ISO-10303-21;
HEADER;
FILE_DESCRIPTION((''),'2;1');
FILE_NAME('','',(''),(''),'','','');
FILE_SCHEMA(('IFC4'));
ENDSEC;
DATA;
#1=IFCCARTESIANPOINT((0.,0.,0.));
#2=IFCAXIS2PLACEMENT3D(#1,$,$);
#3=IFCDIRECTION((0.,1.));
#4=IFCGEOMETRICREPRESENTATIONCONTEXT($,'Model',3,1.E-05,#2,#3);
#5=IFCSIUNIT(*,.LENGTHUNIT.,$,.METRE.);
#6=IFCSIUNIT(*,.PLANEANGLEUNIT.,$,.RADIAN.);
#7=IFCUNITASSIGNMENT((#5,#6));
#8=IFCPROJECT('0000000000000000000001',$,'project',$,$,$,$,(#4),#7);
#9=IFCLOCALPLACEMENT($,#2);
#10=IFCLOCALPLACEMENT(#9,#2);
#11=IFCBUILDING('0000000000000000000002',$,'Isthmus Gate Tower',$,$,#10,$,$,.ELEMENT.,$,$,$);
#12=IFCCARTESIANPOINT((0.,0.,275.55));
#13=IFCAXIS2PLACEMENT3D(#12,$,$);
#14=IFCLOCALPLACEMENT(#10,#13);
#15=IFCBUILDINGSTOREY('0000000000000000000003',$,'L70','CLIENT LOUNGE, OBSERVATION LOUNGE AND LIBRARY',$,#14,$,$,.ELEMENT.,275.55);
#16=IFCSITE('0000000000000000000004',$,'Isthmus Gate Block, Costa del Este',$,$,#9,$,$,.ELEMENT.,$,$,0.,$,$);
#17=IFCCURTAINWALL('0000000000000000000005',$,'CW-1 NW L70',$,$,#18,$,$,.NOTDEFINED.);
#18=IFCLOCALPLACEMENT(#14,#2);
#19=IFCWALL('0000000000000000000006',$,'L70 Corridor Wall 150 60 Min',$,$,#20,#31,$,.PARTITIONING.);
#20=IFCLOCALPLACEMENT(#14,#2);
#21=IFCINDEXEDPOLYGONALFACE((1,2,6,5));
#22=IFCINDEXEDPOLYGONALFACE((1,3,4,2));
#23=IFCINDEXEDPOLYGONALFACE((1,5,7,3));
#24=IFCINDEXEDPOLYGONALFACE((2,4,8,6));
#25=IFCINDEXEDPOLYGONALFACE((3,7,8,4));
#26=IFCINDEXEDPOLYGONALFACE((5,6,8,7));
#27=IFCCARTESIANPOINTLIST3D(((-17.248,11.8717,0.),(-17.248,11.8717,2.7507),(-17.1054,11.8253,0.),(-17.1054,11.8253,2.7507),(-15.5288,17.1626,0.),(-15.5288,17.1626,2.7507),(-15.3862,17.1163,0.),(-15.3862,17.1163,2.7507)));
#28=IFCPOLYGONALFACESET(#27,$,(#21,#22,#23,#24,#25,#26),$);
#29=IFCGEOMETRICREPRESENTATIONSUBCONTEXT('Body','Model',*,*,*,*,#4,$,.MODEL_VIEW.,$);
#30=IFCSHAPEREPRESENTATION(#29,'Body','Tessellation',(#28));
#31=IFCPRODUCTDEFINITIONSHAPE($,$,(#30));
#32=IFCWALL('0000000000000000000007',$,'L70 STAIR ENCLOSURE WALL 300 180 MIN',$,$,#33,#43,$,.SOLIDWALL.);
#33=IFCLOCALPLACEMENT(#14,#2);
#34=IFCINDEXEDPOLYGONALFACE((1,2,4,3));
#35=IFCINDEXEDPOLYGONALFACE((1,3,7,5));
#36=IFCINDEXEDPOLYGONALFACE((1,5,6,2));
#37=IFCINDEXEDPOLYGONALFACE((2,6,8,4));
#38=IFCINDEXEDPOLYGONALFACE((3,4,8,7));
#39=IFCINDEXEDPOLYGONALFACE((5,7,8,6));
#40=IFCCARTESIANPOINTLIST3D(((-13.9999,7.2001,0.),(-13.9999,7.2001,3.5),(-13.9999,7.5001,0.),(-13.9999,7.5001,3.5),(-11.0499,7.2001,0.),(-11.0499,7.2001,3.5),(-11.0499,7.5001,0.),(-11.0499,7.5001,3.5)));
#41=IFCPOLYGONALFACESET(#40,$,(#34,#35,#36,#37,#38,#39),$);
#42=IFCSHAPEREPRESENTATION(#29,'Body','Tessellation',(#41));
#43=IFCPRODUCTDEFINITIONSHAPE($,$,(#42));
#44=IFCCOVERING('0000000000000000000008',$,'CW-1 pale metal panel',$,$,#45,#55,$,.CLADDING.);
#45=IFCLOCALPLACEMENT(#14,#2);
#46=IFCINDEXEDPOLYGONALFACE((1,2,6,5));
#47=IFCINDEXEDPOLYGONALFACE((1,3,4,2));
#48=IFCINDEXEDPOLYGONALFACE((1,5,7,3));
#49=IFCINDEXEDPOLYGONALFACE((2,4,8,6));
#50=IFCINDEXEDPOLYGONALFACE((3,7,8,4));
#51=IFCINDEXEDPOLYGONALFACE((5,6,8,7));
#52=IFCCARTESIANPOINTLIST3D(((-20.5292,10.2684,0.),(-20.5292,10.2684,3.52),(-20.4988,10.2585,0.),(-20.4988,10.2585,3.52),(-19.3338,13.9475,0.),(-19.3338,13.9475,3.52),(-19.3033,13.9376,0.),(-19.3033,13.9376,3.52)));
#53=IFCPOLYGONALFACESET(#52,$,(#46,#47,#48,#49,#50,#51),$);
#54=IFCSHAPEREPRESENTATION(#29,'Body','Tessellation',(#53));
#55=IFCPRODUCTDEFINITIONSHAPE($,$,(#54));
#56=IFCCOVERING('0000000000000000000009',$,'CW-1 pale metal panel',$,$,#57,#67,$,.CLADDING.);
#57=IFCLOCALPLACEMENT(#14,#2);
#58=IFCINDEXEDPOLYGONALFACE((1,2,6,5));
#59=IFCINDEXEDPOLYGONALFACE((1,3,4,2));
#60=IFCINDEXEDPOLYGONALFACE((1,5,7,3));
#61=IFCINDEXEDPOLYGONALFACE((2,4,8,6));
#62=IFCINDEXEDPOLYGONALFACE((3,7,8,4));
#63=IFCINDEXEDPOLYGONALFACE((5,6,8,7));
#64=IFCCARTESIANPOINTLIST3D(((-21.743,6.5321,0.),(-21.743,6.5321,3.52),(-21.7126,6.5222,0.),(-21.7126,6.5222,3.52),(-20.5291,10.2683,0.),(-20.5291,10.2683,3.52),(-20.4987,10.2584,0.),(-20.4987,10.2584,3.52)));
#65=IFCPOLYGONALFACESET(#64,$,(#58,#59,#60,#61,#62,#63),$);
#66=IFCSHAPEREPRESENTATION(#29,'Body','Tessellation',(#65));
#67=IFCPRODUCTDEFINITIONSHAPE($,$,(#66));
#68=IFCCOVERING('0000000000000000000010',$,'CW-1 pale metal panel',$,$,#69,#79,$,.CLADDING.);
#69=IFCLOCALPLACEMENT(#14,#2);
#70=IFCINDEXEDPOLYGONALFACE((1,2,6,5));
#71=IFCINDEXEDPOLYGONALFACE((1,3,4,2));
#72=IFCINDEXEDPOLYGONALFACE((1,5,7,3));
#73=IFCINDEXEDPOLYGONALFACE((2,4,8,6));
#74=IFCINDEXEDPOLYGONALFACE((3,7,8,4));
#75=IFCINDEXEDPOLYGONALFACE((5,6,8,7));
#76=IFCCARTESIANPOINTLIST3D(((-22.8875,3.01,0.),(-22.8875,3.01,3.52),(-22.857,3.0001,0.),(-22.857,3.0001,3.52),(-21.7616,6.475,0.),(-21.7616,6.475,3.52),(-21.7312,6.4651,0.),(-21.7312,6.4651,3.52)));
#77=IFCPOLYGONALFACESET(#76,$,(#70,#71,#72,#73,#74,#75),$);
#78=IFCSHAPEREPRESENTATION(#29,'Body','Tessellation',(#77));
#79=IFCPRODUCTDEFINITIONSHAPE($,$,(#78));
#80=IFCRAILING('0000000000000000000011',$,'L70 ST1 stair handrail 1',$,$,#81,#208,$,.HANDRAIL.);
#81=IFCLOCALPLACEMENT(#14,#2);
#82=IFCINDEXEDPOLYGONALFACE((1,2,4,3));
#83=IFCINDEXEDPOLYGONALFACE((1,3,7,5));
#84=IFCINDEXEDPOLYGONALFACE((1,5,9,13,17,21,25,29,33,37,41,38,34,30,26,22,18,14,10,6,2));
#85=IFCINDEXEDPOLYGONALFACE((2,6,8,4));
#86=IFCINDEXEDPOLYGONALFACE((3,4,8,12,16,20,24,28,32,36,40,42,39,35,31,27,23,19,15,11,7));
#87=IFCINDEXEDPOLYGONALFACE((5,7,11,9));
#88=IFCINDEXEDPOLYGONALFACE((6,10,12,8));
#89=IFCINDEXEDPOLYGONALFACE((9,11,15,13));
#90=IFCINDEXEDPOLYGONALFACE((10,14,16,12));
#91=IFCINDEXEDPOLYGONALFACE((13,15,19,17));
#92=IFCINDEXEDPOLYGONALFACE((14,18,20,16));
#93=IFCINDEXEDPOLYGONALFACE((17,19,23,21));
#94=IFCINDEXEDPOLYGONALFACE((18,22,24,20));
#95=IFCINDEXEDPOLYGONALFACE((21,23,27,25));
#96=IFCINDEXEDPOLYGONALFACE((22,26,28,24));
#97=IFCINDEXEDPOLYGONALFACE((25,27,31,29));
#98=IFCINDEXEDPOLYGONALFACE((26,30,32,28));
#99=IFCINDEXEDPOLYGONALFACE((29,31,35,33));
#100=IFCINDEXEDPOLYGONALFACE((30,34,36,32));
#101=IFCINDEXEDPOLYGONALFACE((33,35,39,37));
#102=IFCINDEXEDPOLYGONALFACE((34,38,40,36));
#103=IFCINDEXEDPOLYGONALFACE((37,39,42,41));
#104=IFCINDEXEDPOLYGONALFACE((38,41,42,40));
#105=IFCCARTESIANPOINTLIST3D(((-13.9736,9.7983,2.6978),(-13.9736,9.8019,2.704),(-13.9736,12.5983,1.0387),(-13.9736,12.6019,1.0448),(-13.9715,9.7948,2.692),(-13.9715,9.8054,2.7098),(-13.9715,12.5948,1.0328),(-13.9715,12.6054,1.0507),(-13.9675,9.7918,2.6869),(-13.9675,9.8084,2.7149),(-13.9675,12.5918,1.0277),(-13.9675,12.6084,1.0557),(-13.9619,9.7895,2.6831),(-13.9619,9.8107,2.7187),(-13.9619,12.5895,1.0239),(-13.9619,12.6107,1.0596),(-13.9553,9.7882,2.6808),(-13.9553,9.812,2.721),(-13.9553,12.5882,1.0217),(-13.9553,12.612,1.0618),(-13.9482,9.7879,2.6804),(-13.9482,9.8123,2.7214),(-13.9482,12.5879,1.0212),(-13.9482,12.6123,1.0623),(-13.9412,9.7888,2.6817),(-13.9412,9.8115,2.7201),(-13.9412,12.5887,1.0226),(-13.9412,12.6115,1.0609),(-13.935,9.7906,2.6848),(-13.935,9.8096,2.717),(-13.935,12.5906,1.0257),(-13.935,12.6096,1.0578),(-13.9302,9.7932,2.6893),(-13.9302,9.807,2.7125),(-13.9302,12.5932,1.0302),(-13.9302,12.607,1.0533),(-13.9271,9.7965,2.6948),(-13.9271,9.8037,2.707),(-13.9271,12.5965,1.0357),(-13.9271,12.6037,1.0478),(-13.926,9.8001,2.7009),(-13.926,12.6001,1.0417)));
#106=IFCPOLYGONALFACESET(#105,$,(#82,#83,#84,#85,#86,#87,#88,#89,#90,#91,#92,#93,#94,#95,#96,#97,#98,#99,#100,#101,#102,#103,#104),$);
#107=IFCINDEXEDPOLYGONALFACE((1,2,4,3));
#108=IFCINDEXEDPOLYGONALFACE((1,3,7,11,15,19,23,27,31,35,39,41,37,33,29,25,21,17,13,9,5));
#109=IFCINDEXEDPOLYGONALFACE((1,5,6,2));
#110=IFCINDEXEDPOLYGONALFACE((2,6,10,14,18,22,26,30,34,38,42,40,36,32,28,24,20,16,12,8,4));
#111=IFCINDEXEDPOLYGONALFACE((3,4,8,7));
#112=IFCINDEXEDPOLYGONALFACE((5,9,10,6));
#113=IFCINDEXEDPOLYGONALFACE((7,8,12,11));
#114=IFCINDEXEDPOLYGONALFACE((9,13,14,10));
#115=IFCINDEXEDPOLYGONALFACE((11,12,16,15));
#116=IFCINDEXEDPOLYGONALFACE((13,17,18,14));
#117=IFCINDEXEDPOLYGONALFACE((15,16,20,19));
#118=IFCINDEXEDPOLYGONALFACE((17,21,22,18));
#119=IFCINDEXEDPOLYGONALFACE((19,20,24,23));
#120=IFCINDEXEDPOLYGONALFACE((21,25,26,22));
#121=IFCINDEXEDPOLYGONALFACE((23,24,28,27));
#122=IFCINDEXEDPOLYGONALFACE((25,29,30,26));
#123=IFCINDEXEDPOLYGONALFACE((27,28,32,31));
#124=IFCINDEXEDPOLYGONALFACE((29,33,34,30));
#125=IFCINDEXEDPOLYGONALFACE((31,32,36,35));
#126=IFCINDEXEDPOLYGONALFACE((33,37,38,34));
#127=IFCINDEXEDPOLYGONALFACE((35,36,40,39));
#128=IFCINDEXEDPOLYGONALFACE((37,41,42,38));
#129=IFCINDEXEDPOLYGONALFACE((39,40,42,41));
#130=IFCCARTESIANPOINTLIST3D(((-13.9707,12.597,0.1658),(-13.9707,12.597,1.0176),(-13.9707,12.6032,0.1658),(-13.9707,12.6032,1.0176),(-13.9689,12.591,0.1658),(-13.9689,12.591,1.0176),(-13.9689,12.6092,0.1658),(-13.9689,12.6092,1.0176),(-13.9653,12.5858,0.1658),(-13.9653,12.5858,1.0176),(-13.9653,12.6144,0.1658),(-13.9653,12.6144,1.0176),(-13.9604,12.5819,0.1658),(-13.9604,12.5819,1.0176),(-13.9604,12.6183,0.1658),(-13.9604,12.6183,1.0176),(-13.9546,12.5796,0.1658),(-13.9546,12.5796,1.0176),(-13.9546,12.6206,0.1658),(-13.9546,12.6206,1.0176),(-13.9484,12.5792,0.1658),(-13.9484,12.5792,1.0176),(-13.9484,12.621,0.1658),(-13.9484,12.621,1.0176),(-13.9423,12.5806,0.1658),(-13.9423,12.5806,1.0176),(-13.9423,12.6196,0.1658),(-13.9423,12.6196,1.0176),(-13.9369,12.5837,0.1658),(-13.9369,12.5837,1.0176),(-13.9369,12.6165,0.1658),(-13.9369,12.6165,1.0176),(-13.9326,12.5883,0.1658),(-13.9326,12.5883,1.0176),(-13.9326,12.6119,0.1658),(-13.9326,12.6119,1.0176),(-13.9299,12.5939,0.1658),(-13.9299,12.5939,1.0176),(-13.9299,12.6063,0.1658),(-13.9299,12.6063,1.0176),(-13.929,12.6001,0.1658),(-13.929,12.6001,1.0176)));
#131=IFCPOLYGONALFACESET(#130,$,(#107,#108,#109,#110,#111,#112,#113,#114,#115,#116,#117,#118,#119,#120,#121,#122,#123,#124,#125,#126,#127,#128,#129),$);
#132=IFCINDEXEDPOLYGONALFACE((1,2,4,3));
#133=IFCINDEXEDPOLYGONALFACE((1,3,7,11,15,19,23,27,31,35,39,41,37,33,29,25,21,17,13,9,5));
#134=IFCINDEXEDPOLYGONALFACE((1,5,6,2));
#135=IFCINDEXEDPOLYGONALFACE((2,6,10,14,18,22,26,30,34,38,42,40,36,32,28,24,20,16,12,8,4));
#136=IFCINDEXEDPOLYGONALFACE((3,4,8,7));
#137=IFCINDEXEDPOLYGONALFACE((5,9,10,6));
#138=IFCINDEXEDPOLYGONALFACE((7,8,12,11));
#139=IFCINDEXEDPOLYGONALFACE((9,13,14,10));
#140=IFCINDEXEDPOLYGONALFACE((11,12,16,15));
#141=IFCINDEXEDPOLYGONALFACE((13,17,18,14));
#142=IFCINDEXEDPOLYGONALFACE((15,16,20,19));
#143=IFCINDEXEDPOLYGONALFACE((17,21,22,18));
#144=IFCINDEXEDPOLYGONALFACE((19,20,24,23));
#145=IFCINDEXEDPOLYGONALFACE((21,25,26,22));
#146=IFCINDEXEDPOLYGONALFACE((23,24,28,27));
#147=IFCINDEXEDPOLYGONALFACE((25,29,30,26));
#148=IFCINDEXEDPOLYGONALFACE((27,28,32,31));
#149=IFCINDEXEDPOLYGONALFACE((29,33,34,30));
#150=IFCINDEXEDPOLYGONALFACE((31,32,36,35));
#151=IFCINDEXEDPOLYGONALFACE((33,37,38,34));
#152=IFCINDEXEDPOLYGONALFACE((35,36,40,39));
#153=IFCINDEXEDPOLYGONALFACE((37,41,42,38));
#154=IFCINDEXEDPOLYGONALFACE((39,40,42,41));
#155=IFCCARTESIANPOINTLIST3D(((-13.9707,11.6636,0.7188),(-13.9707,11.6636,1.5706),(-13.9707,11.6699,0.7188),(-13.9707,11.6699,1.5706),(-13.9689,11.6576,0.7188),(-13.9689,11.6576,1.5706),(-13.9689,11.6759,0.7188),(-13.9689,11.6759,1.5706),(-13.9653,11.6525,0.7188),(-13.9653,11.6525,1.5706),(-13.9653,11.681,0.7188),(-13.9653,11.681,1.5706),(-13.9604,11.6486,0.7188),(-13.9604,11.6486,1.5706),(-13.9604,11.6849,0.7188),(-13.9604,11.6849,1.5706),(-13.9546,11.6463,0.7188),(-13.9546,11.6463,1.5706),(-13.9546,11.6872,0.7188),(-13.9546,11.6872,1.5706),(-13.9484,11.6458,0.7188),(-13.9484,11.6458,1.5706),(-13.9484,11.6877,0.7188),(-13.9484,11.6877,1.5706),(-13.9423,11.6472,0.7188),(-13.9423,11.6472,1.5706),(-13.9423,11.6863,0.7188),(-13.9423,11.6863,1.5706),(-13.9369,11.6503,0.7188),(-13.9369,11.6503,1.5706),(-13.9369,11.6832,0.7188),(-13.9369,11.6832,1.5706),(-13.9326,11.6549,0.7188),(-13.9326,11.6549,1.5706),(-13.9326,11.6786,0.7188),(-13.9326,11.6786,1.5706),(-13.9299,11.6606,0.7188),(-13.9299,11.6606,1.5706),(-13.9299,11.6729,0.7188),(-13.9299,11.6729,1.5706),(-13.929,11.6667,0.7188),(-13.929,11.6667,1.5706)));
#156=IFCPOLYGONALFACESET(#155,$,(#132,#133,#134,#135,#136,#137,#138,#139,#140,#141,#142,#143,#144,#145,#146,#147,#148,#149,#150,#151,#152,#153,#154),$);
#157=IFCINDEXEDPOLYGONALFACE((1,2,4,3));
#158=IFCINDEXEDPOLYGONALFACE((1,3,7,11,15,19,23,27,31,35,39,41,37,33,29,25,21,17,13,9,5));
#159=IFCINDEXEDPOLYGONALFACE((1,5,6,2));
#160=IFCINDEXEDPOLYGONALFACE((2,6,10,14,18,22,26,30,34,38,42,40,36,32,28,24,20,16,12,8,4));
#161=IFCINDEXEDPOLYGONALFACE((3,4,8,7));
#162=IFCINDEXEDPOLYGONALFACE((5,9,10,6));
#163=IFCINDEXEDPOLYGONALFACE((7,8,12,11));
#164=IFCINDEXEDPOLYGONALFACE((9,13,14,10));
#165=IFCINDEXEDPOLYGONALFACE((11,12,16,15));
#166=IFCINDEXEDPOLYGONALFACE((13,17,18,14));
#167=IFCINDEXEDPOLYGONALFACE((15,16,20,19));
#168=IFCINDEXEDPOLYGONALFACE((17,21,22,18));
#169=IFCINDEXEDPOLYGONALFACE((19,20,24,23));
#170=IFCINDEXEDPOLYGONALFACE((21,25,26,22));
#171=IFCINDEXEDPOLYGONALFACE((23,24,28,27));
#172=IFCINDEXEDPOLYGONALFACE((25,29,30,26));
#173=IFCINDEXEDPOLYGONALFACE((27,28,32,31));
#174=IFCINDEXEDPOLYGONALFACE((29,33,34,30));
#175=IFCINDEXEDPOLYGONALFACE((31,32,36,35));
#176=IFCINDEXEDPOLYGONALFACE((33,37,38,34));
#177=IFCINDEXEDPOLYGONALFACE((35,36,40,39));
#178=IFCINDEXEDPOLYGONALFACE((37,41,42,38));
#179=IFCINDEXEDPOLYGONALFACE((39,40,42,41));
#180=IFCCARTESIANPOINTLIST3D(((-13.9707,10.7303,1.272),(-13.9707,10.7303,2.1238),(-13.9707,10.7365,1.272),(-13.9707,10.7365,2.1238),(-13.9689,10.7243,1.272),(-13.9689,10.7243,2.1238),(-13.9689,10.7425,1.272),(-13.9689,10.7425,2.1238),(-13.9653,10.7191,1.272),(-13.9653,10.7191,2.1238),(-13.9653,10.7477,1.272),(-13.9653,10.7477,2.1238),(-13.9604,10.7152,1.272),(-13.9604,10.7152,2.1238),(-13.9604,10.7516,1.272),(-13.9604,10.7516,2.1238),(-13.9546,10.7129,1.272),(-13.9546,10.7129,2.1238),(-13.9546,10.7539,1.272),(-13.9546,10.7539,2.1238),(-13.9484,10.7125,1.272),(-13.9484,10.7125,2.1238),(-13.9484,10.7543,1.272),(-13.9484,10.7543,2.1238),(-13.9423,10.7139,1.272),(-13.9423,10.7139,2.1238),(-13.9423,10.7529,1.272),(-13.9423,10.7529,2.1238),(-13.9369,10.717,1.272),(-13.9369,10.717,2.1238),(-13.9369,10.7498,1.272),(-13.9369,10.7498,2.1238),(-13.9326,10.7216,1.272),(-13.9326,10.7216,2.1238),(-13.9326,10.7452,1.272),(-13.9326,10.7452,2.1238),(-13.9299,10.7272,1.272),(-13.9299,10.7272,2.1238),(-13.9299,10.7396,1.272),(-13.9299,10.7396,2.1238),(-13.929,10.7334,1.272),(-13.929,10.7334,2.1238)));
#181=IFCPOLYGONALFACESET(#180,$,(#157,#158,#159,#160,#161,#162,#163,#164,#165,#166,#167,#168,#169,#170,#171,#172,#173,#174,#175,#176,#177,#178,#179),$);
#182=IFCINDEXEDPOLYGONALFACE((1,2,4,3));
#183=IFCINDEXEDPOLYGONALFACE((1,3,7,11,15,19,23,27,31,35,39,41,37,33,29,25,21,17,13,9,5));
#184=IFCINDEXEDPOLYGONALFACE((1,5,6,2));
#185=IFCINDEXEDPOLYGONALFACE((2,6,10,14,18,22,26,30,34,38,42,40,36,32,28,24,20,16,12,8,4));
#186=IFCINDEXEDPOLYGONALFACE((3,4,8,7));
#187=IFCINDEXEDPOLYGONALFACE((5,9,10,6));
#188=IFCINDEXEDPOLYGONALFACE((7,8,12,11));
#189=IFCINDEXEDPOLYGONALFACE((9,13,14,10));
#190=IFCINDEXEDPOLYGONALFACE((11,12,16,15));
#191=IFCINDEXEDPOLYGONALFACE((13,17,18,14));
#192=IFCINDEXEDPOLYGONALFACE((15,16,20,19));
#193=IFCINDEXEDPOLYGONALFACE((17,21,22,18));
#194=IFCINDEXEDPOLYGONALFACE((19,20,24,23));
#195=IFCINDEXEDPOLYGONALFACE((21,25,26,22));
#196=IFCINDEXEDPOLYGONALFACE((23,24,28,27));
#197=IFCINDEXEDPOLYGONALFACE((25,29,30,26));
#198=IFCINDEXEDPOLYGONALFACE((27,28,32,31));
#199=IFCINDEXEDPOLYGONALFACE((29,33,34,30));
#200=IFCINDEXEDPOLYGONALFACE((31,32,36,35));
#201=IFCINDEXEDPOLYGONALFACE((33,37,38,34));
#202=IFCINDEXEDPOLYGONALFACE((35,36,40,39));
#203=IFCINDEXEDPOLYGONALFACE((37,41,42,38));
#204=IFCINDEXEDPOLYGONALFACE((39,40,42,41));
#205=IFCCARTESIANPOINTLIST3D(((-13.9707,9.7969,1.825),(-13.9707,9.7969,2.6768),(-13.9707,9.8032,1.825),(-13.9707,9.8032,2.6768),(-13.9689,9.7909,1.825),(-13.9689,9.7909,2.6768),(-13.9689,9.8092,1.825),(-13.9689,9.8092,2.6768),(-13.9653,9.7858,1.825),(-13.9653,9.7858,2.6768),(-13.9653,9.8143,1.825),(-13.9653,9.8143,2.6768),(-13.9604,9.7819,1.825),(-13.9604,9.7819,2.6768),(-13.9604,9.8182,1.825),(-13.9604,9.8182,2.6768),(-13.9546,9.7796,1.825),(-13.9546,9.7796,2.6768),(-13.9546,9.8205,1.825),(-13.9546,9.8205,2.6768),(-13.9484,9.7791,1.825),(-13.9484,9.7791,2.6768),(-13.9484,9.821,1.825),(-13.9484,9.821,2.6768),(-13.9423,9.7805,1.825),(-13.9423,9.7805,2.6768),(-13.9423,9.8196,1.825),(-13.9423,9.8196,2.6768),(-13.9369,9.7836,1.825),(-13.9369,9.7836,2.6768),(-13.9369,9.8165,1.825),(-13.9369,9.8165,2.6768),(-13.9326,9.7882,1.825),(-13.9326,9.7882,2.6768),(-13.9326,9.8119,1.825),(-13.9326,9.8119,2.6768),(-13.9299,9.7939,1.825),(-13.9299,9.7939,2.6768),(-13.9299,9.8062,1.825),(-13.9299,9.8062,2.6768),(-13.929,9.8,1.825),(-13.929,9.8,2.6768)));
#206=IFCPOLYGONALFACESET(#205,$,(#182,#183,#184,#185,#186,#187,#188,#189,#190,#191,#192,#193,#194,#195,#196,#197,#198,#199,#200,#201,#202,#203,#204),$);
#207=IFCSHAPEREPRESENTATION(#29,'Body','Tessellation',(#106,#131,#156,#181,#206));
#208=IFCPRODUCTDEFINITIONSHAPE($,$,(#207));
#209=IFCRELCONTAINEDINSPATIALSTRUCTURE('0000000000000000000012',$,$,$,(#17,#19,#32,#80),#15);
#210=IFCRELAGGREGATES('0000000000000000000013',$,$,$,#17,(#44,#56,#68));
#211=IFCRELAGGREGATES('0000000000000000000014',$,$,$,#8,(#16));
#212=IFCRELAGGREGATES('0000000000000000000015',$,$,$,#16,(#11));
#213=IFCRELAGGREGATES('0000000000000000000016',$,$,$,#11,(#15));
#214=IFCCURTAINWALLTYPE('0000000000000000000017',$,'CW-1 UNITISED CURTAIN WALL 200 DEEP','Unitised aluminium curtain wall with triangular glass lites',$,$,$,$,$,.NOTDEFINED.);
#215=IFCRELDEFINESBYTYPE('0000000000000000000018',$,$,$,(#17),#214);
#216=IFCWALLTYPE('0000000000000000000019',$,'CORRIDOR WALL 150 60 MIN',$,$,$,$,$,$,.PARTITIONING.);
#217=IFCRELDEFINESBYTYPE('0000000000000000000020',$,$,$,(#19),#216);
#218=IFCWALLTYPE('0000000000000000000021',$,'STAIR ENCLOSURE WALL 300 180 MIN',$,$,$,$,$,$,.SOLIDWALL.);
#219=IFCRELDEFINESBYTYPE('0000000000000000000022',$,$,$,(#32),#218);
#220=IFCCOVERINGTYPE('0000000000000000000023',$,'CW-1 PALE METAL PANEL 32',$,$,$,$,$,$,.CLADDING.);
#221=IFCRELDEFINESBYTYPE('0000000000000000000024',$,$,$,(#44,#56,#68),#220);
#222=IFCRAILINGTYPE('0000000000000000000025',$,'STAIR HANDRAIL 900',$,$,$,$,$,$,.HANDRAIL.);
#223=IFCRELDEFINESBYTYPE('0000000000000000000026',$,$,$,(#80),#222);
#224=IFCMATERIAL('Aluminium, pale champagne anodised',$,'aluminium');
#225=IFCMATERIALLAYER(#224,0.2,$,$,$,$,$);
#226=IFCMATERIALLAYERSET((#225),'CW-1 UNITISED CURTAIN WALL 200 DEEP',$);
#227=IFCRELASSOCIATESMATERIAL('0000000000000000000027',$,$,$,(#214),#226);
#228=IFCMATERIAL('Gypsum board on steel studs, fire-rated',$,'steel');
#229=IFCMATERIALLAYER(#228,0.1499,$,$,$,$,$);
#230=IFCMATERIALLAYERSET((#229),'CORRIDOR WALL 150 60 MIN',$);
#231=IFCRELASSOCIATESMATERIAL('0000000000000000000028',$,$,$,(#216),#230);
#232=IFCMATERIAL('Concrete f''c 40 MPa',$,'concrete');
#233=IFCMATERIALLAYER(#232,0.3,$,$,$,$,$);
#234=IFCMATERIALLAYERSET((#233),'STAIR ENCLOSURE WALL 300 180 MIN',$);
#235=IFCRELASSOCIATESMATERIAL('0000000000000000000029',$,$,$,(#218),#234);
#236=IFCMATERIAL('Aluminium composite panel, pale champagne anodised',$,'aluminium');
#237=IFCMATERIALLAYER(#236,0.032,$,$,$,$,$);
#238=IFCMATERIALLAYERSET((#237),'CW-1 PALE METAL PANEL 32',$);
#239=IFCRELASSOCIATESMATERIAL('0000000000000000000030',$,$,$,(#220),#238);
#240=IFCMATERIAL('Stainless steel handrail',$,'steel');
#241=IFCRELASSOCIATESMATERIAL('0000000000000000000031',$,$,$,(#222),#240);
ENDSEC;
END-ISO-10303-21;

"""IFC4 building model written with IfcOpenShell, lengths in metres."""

from ifc_helpers import new_model, si_unit, direction, frame, frame_2d, origin, origin_2d, place, context, subcontext, project, spatial, rectangle, circle, extrude, material, layer, layer_set, type_object, element, aggregate, save


model = new_model("IFC4")

# Units and contexts
model_context = context("Model", 3, precision=1e-05, world=origin(), true_north=direction((0.0, 1.0)))
body_context = subcontext(model_context, "Body", "Model", "MODEL_VIEW")
ifc_project = project(units=[si_unit("LENGTHUNIT", "METRE"), si_unit("PLANEANGLEUNIT", "RADIAN")], contexts=[model_context])

# Site, building, storey
site_placement = place(None, origin())
site = spatial("IfcSite", under=ifc_project, at=site_placement, Name="Isthmus Gate Block, Costa del Este", CompositionType="ELEMENT", RefElevation=0.0)
building_placement = place(site_placement, origin())
building = spatial("IfcBuilding", under=site, at=building_placement, Name="Isthmus Gate Tower", CompositionType="ELEMENT")
storey_placement = place(building_placement, frame((0.0, 0.0, 275.55)))
storey = spatial("IfcBuildingStorey", under=building, at=storey_placement, Name="L70", Description="CLIENT LOUNGE, OBSERVATION LOUNGE AND LIBRARY", CompositionType="ELEMENT", Elevation=275.55)

# Curtain wall
ifc_material_1 = material(Name="Aluminium, pale champagne anodised", Category="aluminium")
ifc_layer_1 = layer(ifc_material_1, 0.2)
ifc_layer_set_1 = layer_set([ifc_layer_1], Name="CW-1 UNITISED CURTAIN WALL 200 DEEP")
curtain_wall_type = type_object("IfcCurtainWallType", Name="CW-1 UNITISED CURTAIN WALL 200 DEEP", Description="Unitised aluminium curtain wall with triangular glass lites", PredefinedType="NOTDEFINED", material=ifc_layer_set_1)
curtain_wall_placement = place(storey_placement, origin())
curtain_wall = element("IfcCurtainWall", 1, at=curtain_wall_placement, inside=storey, type_object=curtain_wall_type, Name="CW-1 NW L70", PredefinedType="NOTDEFINED")

# Walls
ifc_material_2 = material(Name="Gypsum board on steel studs, fire-rated", Category="steel")
ifc_layer_2 = layer(ifc_material_2, 0.1499)
ifc_layer_set_2 = layer_set([ifc_layer_2], Name="CORRIDOR WALL 150 60 MIN")
wall_type_1 = type_object("IfcWallType", Name="CORRIDOR WALL 150 60 MIN", PredefinedType="PARTITIONING", material=ifc_layer_set_2)
wall_1_placement = place(storey_placement, frame((-17.1768, 11.8484, 0.0), z_axis=(0.0, 0.0, 1.0), x_axis=(0.309031, 0.951052, 0.0)))
element("IfcWall", 2, at=wall_1_placement, inside=storey, type_object=wall_type_1, Name="L70 Corridor Wall 150 60 Min", PredefinedType="PARTITIONING", context=body_context, shape_type="SweptSolid", body=[
    extrude(rectangle(XDim=5.5632, YDim=0.1499, at=frame_2d((2.7817, 0.0))), origin(), (0.0, 0.0, 1.0), 2.7507),
])
ifc_material_3 = material(Name="Concrete f'c 40 MPa", Category="concrete")
ifc_layer_3 = layer(ifc_material_3, 0.3)
ifc_layer_set_3 = layer_set([ifc_layer_3], Name="STAIR ENCLOSURE WALL 300 180 MIN")
wall_type_2 = type_object("IfcWallType", Name="STAIR ENCLOSURE WALL 300 180 MIN", PredefinedType="SOLIDWALL", material=ifc_layer_set_3)
wall_2_placement = place(storey_placement, frame((-14.0, 7.3501, 0.0), z_axis=(0.0, 0.0, 1.0), x_axis=(1.0, 0.0, 0.0)))
element("IfcWall", 3, at=wall_2_placement, inside=storey, type_object=wall_type_2, Name="L70 STAIR ENCLOSURE WALL 300 180 MIN", PredefinedType="SOLIDWALL", context=body_context, shape_type="SweptSolid", body=[
    extrude(rectangle(XDim=2.95, YDim=0.3, at=frame_2d((1.4751, 0.0))), origin(), (0.0, 0.0, 1.0), 3.5),
])

# Coverings
ifc_material_4 = material(Name="Aluminium composite panel, pale champagne anodised", Category="aluminium")
ifc_layer_4 = layer(ifc_material_4, 0.032)
ifc_layer_set_4 = layer_set([ifc_layer_4], Name="CW-1 PALE METAL PANEL 32")
covering_type = type_object("IfcCoveringType", Name="CW-1 PALE METAL PANEL 32", PredefinedType="CLADDING", material=ifc_layer_set_4)
covering_1_placement = place(storey_placement, frame((-19.9163, 12.103, 0.0), z_axis=(0.0, 0.0, 1.0), x_axis=(-0.309017, -0.951057, 0.0)))
covering_1 = element("IfcCovering", 4, at=covering_1_placement, type_object=covering_type, Name="CW-1 pale metal panel", PredefinedType="CLADDING", context=body_context, shape_type="SweptSolid", body=[
    extrude(rectangle(XDim=3.8684, YDim=0.032, at=origin_2d()), origin(), (0.0, 0.0, 1.0), 3.52),
])
covering_2_placement = place(storey_placement, frame((-21.1208, 8.3953, 0.0), z_axis=(0.0, 0.0, 1.0), x_axis=(-0.309017, -0.951057, 0.0)))
covering_2 = element("IfcCovering", 5, at=covering_2_placement, type_object=covering_type, Name="CW-1 pale metal panel", PredefinedType="CLADDING", context=body_context, shape_type="SweptSolid", body=[
    extrude(rectangle(XDim=3.9285, YDim=0.032, at=origin_2d()), origin(), (0.0, 0.0, 1.0), 3.52),
])
covering_3_placement = place(storey_placement, frame((-22.3093, 4.7375, 0.0), z_axis=(0.0, 0.0, 1.0), x_axis=(-0.309017, -0.951057, 0.0)))
covering_3 = element("IfcCovering", 6, at=covering_3_placement, type_object=covering_type, Name="CW-1 pale metal panel", PredefinedType="CLADDING", context=body_context, shape_type="SweptSolid", body=[
    extrude(rectangle(XDim=3.6433, YDim=0.032, at=origin_2d()), origin(), (0.0, 0.0, 1.0), 3.52),
])
aggregate(curtain_wall, [covering_1, covering_2, covering_3])

# Railing
ifc_material_5 = material(Name="Stainless steel handrail", Category="steel")
railing_type = type_object("IfcRailingType", Name="STAIR HANDRAIL 900", PredefinedType="HANDRAIL", material=ifc_material_5)
railing_1_placement = place(storey_placement, frame((-13.95, 12.6001, 0.1658)))
element("IfcRailing", 7, at=railing_1_placement, inside=storey, type_object=railing_type, Name="L70 ST1 stair handrail 1", PredefinedType="HANDRAIL", context=body_context, shape_type="SweptSolid", body=[
    extrude(circle(Radius=0.0239, at=origin_2d()), frame((0.0, 0.0, 0.876), z_axis=(0.0, -0.860306, 0.509778), x_axis=(1.0, 0.0, 0.0)), (0.0, 0.0, 1.0), 3.2546),
    extrude(circle(Radius=0.021, at=origin_2d()), origin(), (0.0, 0.0, 1.0), 0.8518),
    extrude(circle(Radius=0.021, at=origin_2d()), frame((0.0, -0.9333, 0.553)), (0.0, 0.0, 1.0), 0.8518),
    extrude(circle(Radius=0.021, at=origin_2d()), frame((0.0, -1.8667, 1.1062)), (0.0, 0.0, 1.0), 0.8518),
    extrude(circle(Radius=0.021, at=origin_2d()), frame((0.0, -2.8, 1.6592)), (0.0, 0.0, 1.0), 0.8518),
])

save(model, "model.ifc")
